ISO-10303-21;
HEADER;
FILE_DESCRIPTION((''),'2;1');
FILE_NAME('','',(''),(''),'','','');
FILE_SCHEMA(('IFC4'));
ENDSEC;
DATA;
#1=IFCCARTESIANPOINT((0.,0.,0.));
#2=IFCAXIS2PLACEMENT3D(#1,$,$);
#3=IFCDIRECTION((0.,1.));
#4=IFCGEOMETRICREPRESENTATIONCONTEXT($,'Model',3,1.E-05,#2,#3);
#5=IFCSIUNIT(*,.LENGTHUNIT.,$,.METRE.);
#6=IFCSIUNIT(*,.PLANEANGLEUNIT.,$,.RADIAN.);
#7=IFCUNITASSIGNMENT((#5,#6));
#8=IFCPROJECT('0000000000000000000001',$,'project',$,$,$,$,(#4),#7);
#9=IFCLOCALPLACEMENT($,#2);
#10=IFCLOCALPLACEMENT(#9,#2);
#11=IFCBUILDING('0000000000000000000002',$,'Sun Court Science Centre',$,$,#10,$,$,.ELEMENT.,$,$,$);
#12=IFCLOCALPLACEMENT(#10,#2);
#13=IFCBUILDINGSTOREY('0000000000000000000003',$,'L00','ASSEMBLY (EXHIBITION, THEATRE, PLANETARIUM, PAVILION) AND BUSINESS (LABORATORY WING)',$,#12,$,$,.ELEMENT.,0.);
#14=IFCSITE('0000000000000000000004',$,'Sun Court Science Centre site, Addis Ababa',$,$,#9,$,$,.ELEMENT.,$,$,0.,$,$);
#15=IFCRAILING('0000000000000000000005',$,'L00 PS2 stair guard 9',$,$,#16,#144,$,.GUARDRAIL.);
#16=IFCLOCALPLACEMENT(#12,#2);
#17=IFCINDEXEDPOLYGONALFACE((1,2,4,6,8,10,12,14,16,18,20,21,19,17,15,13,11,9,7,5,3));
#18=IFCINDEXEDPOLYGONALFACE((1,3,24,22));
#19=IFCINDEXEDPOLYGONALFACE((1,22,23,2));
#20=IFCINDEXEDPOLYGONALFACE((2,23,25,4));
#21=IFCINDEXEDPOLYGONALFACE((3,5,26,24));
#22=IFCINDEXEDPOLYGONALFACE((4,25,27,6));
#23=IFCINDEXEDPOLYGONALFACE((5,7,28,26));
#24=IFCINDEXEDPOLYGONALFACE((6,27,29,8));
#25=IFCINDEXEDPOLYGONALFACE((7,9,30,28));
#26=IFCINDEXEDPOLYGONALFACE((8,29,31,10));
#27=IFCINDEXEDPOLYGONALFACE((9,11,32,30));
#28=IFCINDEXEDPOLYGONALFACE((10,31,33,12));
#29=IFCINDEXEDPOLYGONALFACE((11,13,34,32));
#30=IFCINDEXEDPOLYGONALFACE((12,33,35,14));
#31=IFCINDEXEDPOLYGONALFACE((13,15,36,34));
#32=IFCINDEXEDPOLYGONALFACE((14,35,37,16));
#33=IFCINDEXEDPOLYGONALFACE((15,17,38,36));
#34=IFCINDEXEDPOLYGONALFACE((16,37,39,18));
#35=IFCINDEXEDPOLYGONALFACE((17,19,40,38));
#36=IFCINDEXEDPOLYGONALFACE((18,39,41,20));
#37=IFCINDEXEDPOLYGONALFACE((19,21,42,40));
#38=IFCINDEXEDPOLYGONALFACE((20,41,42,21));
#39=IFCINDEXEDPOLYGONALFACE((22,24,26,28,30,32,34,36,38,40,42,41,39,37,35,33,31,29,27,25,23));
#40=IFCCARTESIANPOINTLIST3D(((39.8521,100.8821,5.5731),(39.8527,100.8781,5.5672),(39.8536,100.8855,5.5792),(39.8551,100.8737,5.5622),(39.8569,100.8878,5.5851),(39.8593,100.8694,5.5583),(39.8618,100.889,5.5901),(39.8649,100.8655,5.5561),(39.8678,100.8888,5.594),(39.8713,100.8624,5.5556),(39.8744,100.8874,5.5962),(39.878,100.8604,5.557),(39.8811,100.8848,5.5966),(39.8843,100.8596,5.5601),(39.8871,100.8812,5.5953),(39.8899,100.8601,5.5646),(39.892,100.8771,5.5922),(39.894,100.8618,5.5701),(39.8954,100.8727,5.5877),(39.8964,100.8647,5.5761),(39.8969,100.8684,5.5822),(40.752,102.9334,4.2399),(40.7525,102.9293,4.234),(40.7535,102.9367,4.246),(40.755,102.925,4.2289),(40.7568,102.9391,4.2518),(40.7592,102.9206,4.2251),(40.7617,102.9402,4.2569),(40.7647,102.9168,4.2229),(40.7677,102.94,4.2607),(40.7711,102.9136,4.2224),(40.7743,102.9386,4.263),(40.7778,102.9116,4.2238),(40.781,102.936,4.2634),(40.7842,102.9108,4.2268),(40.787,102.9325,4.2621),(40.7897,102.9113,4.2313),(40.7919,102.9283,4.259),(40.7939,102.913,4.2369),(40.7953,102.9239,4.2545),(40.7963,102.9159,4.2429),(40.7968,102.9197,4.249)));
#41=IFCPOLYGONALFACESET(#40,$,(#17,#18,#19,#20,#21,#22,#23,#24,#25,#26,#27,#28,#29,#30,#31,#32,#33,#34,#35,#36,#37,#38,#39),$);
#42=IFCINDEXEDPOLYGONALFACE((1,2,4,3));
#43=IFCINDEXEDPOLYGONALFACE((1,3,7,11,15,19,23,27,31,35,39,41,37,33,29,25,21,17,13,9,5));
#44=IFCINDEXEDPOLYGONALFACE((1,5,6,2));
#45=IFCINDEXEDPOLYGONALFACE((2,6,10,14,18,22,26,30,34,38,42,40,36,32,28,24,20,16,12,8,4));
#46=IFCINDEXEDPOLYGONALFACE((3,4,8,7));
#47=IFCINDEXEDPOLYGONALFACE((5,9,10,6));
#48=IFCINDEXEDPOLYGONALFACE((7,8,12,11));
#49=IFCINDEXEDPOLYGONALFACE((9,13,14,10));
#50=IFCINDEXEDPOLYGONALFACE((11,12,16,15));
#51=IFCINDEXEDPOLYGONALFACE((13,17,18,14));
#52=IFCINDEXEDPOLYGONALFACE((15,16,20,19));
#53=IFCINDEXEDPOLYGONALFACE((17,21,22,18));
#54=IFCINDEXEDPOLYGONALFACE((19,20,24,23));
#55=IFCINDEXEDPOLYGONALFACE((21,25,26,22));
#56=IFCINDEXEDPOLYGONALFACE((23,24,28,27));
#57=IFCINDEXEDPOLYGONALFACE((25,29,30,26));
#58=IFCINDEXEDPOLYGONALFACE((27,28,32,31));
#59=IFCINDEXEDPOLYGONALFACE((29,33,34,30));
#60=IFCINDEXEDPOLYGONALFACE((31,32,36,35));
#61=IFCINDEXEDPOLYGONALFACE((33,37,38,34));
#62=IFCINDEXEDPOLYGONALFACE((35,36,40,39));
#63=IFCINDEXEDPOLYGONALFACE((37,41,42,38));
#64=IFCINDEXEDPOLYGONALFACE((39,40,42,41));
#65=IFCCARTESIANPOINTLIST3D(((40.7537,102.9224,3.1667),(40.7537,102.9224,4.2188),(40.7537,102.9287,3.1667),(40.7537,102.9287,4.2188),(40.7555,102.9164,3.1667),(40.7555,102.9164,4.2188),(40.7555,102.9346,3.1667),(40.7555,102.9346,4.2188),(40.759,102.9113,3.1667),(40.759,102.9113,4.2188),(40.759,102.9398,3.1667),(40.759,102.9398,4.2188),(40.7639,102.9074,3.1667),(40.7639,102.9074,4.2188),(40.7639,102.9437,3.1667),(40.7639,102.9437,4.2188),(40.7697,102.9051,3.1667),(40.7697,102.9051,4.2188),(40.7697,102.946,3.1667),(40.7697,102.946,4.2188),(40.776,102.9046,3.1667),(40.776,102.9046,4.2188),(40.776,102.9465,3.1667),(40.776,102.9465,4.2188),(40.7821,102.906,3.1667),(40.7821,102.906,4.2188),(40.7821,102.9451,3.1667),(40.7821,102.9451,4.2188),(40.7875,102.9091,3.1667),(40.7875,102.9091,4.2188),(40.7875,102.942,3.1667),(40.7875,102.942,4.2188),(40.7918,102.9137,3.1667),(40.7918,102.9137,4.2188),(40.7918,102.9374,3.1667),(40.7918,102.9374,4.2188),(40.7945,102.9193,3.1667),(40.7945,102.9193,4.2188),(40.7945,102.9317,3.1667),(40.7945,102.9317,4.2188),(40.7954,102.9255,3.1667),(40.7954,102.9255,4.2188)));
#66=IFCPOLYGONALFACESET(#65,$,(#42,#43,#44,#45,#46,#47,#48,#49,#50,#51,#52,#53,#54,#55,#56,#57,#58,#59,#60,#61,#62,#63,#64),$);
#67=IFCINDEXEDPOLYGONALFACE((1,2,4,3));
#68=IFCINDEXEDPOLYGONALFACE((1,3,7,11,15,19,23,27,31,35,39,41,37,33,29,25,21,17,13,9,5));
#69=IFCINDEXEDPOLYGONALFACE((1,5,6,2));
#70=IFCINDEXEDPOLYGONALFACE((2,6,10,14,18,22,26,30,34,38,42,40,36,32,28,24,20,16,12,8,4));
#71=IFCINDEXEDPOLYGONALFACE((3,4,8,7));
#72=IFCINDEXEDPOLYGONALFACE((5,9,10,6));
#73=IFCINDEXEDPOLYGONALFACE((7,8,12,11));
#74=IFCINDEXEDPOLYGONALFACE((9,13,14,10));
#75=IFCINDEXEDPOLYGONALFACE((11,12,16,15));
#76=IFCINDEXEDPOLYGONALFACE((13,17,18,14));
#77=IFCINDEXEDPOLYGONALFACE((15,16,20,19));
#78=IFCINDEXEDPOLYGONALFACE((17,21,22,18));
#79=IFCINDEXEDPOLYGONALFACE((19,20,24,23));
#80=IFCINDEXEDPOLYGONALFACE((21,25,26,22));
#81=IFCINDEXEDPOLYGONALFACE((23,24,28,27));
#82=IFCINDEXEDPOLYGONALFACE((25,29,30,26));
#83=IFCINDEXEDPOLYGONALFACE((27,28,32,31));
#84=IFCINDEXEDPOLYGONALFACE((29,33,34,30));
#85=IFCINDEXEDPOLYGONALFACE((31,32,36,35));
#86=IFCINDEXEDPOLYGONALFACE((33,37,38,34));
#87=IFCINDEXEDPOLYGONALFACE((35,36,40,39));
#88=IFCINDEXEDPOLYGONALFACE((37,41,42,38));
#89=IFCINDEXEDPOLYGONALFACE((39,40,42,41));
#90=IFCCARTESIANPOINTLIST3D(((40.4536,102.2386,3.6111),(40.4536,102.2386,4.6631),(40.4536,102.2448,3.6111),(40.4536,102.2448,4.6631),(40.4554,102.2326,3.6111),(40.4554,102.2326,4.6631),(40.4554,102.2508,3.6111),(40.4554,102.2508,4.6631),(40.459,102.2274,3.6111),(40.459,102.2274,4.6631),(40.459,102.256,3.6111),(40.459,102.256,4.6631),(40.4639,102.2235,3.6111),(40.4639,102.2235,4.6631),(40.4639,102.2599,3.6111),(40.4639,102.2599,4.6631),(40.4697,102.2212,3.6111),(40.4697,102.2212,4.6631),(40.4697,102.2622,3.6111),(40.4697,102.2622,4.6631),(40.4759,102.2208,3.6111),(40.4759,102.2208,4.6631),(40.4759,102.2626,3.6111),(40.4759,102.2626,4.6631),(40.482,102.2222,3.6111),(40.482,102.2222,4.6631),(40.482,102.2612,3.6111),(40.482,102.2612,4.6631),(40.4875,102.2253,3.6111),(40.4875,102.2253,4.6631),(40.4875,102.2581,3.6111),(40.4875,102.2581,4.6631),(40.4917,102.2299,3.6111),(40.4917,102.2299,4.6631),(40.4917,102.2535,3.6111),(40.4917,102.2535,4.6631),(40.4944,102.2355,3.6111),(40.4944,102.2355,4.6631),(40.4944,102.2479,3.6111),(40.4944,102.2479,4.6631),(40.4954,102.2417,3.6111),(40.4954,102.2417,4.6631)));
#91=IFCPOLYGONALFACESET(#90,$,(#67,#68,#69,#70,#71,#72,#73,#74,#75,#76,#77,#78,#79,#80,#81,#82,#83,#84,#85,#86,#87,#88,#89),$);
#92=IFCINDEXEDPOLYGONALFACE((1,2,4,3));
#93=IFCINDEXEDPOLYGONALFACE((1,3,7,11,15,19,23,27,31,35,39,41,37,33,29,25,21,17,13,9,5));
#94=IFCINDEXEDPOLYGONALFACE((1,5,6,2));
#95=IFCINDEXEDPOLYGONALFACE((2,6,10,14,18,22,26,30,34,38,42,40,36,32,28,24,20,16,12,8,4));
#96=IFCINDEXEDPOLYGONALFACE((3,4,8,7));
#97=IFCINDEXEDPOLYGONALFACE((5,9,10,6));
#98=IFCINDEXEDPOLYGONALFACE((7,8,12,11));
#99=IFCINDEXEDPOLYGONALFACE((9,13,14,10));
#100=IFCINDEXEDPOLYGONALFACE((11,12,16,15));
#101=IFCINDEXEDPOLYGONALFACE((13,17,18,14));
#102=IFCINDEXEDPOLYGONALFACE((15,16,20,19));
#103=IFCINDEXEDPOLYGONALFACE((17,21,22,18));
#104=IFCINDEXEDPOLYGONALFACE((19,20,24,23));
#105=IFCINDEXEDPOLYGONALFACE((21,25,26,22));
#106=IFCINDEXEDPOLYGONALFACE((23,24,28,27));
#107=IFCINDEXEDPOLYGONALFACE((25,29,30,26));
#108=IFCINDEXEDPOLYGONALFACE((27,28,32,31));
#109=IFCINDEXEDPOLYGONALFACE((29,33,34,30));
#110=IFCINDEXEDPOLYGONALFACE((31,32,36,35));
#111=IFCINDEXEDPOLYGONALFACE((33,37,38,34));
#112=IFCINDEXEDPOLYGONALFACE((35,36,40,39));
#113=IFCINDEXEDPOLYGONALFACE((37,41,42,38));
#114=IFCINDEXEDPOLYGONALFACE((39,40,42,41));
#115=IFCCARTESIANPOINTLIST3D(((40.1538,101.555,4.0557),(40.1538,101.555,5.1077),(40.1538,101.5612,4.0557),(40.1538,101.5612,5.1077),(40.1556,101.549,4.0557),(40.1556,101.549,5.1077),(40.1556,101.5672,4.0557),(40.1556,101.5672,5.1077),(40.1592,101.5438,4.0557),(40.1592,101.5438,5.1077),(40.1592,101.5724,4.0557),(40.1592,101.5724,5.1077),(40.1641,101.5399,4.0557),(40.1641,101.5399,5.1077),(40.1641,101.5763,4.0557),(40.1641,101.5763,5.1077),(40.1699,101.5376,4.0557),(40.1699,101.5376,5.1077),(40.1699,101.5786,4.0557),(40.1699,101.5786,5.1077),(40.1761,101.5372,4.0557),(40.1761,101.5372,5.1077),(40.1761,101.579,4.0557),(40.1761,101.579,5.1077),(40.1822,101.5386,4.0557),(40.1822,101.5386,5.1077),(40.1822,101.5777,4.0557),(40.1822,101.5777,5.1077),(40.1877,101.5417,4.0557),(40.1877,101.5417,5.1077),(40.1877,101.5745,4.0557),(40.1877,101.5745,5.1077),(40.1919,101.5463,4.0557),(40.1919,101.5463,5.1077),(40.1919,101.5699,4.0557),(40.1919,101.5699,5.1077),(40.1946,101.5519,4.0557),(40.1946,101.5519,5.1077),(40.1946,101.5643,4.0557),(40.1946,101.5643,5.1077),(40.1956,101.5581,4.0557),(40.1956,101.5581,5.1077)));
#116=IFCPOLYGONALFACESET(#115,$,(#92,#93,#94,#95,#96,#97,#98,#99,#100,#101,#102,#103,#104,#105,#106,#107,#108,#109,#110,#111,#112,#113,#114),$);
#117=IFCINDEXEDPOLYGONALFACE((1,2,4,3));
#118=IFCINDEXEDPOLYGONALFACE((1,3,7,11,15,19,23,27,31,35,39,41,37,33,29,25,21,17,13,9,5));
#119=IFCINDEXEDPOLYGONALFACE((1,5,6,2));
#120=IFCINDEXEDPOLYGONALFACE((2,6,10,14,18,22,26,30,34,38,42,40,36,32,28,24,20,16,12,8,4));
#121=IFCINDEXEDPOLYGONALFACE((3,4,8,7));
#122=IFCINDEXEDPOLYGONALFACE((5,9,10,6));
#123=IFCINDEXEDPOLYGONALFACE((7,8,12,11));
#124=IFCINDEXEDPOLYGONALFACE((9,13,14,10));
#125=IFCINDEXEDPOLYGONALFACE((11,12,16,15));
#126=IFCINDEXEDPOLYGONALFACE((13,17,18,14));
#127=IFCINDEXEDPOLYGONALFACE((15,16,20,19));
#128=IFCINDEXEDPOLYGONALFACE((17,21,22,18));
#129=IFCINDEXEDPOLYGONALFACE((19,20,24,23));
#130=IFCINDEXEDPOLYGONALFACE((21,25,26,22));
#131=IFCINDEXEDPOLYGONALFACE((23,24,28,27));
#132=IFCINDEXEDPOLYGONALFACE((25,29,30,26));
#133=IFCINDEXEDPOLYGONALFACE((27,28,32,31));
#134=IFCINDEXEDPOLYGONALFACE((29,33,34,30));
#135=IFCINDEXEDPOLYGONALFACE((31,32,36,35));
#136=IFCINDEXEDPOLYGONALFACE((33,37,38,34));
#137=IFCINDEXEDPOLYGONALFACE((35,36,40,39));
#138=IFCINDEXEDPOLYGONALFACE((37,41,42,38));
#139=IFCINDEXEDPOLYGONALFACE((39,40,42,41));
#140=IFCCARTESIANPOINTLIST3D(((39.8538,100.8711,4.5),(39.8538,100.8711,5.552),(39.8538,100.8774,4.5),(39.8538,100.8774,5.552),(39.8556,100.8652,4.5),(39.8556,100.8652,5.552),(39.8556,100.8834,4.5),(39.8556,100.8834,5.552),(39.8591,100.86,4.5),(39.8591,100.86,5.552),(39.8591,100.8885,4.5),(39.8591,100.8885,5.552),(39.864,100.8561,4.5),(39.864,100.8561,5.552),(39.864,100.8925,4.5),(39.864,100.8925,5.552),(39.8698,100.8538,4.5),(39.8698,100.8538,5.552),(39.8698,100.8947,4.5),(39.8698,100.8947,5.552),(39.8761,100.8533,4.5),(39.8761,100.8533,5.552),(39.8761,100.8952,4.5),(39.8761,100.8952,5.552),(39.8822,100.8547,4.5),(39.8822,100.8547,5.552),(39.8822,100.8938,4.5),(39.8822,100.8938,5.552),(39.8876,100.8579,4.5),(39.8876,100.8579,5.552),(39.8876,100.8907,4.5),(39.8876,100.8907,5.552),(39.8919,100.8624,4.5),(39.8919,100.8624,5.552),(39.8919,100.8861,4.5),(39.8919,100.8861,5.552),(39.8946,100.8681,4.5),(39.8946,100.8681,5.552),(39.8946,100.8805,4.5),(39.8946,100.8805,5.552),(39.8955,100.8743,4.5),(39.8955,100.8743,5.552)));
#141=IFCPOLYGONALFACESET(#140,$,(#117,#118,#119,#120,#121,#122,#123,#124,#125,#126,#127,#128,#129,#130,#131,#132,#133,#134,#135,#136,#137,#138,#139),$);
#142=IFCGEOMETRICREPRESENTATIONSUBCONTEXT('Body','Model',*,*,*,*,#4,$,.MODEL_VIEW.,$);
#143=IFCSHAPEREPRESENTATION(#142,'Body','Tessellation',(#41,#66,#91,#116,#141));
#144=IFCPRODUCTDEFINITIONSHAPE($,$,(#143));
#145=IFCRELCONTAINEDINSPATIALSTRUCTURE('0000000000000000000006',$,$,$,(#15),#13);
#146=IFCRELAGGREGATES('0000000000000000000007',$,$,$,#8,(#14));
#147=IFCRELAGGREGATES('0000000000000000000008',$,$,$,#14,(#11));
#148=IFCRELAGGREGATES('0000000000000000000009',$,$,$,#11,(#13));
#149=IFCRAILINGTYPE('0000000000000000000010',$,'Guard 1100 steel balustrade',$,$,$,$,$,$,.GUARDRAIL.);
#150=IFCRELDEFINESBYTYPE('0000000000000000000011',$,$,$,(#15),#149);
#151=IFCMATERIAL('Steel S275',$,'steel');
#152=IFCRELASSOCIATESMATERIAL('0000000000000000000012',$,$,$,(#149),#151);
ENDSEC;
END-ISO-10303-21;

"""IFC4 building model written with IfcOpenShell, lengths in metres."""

from ifc_helpers import new_model, si_unit, direction, frame, origin, origin_2d, place, context, subcontext, project, spatial, circle, extrude, material, type_object, element, save


model = new_model("IFC4")

# Units and contexts
model_context = context("Model", 3, precision=1e-05, world=origin(), true_north=direction((0.0, 1.0)))
body_context = subcontext(model_context, "Body", "Model", "MODEL_VIEW")
ifc_project = project(units=[si_unit("LENGTHUNIT", "METRE"), si_unit("PLANEANGLEUNIT", "RADIAN")], contexts=[model_context])

# Site, building, storey
site_placement = place(None, origin())
site = spatial("IfcSite", under=ifc_project, at=site_placement, Name="Sun Court Science Centre site, Addis Ababa", CompositionType="ELEMENT", RefElevation=0.0)
building_placement = place(site_placement, origin())
building = spatial("IfcBuilding", under=site, at=building_placement, Name="Sun Court Science Centre", CompositionType="ELEMENT")
storey_placement = place(building_placement, origin())
storey = spatial("IfcBuildingStorey", under=building, at=storey_placement, Name="L00", Description="ASSEMBLY (EXHIBITION, THEATRE, PLANETARIUM, PAVILION) AND BUSINESS (LABORATORY WING)", CompositionType="ELEMENT", Elevation=0.0)

# Railing
ifc_material_1 = material(Name="Steel S275", Category="steel")
railing_type_1 = type_object("IfcRailingType", Name="Guard 1100 steel balustrade", PredefinedType="GUARDRAIL", material=ifc_material_1)
railing_1_placement = place(storey_placement, frame((40.7744, 102.9255, 3.1667)))
element("IfcRailing", 1, at=railing_1_placement, inside=storey, type_object=railing_type_1, Name="L00 PS2 stair guard 9", PredefinedType="GUARDRAIL", context=body_context, shape_type="SweptSolid", body=[
    extrude(circle(Radius=0.0239, at=origin_2d()), frame((0.0, 0.0, 1.0762), z_axis=(-0.345221, -0.78691, 0.511463), x_axis=(0.915752, -0.401745, 0.0)), (0.0, 0.0, 1.0), 2.6067),
    extrude(circle(Radius=0.021, at=origin_2d()), origin(), (0.0, 0.0, 1.0), 1.052),
    extrude(circle(Radius=0.021, at=origin_2d()), frame((-0.3, -0.6838, 0.4443)), (0.0, 0.0, 1.0), 1.052),
    extrude(circle(Radius=0.021, at=origin_2d()), frame((-0.5999, -1.3674, 0.8889)), (0.0, 0.0, 1.0), 1.052),
    extrude(circle(Radius=0.021, at=origin_2d()), frame((-0.8999, -2.0513, 1.3333)), (0.0, 0.0, 1.0), 1.052),
])

save(model, "model.ifc")
